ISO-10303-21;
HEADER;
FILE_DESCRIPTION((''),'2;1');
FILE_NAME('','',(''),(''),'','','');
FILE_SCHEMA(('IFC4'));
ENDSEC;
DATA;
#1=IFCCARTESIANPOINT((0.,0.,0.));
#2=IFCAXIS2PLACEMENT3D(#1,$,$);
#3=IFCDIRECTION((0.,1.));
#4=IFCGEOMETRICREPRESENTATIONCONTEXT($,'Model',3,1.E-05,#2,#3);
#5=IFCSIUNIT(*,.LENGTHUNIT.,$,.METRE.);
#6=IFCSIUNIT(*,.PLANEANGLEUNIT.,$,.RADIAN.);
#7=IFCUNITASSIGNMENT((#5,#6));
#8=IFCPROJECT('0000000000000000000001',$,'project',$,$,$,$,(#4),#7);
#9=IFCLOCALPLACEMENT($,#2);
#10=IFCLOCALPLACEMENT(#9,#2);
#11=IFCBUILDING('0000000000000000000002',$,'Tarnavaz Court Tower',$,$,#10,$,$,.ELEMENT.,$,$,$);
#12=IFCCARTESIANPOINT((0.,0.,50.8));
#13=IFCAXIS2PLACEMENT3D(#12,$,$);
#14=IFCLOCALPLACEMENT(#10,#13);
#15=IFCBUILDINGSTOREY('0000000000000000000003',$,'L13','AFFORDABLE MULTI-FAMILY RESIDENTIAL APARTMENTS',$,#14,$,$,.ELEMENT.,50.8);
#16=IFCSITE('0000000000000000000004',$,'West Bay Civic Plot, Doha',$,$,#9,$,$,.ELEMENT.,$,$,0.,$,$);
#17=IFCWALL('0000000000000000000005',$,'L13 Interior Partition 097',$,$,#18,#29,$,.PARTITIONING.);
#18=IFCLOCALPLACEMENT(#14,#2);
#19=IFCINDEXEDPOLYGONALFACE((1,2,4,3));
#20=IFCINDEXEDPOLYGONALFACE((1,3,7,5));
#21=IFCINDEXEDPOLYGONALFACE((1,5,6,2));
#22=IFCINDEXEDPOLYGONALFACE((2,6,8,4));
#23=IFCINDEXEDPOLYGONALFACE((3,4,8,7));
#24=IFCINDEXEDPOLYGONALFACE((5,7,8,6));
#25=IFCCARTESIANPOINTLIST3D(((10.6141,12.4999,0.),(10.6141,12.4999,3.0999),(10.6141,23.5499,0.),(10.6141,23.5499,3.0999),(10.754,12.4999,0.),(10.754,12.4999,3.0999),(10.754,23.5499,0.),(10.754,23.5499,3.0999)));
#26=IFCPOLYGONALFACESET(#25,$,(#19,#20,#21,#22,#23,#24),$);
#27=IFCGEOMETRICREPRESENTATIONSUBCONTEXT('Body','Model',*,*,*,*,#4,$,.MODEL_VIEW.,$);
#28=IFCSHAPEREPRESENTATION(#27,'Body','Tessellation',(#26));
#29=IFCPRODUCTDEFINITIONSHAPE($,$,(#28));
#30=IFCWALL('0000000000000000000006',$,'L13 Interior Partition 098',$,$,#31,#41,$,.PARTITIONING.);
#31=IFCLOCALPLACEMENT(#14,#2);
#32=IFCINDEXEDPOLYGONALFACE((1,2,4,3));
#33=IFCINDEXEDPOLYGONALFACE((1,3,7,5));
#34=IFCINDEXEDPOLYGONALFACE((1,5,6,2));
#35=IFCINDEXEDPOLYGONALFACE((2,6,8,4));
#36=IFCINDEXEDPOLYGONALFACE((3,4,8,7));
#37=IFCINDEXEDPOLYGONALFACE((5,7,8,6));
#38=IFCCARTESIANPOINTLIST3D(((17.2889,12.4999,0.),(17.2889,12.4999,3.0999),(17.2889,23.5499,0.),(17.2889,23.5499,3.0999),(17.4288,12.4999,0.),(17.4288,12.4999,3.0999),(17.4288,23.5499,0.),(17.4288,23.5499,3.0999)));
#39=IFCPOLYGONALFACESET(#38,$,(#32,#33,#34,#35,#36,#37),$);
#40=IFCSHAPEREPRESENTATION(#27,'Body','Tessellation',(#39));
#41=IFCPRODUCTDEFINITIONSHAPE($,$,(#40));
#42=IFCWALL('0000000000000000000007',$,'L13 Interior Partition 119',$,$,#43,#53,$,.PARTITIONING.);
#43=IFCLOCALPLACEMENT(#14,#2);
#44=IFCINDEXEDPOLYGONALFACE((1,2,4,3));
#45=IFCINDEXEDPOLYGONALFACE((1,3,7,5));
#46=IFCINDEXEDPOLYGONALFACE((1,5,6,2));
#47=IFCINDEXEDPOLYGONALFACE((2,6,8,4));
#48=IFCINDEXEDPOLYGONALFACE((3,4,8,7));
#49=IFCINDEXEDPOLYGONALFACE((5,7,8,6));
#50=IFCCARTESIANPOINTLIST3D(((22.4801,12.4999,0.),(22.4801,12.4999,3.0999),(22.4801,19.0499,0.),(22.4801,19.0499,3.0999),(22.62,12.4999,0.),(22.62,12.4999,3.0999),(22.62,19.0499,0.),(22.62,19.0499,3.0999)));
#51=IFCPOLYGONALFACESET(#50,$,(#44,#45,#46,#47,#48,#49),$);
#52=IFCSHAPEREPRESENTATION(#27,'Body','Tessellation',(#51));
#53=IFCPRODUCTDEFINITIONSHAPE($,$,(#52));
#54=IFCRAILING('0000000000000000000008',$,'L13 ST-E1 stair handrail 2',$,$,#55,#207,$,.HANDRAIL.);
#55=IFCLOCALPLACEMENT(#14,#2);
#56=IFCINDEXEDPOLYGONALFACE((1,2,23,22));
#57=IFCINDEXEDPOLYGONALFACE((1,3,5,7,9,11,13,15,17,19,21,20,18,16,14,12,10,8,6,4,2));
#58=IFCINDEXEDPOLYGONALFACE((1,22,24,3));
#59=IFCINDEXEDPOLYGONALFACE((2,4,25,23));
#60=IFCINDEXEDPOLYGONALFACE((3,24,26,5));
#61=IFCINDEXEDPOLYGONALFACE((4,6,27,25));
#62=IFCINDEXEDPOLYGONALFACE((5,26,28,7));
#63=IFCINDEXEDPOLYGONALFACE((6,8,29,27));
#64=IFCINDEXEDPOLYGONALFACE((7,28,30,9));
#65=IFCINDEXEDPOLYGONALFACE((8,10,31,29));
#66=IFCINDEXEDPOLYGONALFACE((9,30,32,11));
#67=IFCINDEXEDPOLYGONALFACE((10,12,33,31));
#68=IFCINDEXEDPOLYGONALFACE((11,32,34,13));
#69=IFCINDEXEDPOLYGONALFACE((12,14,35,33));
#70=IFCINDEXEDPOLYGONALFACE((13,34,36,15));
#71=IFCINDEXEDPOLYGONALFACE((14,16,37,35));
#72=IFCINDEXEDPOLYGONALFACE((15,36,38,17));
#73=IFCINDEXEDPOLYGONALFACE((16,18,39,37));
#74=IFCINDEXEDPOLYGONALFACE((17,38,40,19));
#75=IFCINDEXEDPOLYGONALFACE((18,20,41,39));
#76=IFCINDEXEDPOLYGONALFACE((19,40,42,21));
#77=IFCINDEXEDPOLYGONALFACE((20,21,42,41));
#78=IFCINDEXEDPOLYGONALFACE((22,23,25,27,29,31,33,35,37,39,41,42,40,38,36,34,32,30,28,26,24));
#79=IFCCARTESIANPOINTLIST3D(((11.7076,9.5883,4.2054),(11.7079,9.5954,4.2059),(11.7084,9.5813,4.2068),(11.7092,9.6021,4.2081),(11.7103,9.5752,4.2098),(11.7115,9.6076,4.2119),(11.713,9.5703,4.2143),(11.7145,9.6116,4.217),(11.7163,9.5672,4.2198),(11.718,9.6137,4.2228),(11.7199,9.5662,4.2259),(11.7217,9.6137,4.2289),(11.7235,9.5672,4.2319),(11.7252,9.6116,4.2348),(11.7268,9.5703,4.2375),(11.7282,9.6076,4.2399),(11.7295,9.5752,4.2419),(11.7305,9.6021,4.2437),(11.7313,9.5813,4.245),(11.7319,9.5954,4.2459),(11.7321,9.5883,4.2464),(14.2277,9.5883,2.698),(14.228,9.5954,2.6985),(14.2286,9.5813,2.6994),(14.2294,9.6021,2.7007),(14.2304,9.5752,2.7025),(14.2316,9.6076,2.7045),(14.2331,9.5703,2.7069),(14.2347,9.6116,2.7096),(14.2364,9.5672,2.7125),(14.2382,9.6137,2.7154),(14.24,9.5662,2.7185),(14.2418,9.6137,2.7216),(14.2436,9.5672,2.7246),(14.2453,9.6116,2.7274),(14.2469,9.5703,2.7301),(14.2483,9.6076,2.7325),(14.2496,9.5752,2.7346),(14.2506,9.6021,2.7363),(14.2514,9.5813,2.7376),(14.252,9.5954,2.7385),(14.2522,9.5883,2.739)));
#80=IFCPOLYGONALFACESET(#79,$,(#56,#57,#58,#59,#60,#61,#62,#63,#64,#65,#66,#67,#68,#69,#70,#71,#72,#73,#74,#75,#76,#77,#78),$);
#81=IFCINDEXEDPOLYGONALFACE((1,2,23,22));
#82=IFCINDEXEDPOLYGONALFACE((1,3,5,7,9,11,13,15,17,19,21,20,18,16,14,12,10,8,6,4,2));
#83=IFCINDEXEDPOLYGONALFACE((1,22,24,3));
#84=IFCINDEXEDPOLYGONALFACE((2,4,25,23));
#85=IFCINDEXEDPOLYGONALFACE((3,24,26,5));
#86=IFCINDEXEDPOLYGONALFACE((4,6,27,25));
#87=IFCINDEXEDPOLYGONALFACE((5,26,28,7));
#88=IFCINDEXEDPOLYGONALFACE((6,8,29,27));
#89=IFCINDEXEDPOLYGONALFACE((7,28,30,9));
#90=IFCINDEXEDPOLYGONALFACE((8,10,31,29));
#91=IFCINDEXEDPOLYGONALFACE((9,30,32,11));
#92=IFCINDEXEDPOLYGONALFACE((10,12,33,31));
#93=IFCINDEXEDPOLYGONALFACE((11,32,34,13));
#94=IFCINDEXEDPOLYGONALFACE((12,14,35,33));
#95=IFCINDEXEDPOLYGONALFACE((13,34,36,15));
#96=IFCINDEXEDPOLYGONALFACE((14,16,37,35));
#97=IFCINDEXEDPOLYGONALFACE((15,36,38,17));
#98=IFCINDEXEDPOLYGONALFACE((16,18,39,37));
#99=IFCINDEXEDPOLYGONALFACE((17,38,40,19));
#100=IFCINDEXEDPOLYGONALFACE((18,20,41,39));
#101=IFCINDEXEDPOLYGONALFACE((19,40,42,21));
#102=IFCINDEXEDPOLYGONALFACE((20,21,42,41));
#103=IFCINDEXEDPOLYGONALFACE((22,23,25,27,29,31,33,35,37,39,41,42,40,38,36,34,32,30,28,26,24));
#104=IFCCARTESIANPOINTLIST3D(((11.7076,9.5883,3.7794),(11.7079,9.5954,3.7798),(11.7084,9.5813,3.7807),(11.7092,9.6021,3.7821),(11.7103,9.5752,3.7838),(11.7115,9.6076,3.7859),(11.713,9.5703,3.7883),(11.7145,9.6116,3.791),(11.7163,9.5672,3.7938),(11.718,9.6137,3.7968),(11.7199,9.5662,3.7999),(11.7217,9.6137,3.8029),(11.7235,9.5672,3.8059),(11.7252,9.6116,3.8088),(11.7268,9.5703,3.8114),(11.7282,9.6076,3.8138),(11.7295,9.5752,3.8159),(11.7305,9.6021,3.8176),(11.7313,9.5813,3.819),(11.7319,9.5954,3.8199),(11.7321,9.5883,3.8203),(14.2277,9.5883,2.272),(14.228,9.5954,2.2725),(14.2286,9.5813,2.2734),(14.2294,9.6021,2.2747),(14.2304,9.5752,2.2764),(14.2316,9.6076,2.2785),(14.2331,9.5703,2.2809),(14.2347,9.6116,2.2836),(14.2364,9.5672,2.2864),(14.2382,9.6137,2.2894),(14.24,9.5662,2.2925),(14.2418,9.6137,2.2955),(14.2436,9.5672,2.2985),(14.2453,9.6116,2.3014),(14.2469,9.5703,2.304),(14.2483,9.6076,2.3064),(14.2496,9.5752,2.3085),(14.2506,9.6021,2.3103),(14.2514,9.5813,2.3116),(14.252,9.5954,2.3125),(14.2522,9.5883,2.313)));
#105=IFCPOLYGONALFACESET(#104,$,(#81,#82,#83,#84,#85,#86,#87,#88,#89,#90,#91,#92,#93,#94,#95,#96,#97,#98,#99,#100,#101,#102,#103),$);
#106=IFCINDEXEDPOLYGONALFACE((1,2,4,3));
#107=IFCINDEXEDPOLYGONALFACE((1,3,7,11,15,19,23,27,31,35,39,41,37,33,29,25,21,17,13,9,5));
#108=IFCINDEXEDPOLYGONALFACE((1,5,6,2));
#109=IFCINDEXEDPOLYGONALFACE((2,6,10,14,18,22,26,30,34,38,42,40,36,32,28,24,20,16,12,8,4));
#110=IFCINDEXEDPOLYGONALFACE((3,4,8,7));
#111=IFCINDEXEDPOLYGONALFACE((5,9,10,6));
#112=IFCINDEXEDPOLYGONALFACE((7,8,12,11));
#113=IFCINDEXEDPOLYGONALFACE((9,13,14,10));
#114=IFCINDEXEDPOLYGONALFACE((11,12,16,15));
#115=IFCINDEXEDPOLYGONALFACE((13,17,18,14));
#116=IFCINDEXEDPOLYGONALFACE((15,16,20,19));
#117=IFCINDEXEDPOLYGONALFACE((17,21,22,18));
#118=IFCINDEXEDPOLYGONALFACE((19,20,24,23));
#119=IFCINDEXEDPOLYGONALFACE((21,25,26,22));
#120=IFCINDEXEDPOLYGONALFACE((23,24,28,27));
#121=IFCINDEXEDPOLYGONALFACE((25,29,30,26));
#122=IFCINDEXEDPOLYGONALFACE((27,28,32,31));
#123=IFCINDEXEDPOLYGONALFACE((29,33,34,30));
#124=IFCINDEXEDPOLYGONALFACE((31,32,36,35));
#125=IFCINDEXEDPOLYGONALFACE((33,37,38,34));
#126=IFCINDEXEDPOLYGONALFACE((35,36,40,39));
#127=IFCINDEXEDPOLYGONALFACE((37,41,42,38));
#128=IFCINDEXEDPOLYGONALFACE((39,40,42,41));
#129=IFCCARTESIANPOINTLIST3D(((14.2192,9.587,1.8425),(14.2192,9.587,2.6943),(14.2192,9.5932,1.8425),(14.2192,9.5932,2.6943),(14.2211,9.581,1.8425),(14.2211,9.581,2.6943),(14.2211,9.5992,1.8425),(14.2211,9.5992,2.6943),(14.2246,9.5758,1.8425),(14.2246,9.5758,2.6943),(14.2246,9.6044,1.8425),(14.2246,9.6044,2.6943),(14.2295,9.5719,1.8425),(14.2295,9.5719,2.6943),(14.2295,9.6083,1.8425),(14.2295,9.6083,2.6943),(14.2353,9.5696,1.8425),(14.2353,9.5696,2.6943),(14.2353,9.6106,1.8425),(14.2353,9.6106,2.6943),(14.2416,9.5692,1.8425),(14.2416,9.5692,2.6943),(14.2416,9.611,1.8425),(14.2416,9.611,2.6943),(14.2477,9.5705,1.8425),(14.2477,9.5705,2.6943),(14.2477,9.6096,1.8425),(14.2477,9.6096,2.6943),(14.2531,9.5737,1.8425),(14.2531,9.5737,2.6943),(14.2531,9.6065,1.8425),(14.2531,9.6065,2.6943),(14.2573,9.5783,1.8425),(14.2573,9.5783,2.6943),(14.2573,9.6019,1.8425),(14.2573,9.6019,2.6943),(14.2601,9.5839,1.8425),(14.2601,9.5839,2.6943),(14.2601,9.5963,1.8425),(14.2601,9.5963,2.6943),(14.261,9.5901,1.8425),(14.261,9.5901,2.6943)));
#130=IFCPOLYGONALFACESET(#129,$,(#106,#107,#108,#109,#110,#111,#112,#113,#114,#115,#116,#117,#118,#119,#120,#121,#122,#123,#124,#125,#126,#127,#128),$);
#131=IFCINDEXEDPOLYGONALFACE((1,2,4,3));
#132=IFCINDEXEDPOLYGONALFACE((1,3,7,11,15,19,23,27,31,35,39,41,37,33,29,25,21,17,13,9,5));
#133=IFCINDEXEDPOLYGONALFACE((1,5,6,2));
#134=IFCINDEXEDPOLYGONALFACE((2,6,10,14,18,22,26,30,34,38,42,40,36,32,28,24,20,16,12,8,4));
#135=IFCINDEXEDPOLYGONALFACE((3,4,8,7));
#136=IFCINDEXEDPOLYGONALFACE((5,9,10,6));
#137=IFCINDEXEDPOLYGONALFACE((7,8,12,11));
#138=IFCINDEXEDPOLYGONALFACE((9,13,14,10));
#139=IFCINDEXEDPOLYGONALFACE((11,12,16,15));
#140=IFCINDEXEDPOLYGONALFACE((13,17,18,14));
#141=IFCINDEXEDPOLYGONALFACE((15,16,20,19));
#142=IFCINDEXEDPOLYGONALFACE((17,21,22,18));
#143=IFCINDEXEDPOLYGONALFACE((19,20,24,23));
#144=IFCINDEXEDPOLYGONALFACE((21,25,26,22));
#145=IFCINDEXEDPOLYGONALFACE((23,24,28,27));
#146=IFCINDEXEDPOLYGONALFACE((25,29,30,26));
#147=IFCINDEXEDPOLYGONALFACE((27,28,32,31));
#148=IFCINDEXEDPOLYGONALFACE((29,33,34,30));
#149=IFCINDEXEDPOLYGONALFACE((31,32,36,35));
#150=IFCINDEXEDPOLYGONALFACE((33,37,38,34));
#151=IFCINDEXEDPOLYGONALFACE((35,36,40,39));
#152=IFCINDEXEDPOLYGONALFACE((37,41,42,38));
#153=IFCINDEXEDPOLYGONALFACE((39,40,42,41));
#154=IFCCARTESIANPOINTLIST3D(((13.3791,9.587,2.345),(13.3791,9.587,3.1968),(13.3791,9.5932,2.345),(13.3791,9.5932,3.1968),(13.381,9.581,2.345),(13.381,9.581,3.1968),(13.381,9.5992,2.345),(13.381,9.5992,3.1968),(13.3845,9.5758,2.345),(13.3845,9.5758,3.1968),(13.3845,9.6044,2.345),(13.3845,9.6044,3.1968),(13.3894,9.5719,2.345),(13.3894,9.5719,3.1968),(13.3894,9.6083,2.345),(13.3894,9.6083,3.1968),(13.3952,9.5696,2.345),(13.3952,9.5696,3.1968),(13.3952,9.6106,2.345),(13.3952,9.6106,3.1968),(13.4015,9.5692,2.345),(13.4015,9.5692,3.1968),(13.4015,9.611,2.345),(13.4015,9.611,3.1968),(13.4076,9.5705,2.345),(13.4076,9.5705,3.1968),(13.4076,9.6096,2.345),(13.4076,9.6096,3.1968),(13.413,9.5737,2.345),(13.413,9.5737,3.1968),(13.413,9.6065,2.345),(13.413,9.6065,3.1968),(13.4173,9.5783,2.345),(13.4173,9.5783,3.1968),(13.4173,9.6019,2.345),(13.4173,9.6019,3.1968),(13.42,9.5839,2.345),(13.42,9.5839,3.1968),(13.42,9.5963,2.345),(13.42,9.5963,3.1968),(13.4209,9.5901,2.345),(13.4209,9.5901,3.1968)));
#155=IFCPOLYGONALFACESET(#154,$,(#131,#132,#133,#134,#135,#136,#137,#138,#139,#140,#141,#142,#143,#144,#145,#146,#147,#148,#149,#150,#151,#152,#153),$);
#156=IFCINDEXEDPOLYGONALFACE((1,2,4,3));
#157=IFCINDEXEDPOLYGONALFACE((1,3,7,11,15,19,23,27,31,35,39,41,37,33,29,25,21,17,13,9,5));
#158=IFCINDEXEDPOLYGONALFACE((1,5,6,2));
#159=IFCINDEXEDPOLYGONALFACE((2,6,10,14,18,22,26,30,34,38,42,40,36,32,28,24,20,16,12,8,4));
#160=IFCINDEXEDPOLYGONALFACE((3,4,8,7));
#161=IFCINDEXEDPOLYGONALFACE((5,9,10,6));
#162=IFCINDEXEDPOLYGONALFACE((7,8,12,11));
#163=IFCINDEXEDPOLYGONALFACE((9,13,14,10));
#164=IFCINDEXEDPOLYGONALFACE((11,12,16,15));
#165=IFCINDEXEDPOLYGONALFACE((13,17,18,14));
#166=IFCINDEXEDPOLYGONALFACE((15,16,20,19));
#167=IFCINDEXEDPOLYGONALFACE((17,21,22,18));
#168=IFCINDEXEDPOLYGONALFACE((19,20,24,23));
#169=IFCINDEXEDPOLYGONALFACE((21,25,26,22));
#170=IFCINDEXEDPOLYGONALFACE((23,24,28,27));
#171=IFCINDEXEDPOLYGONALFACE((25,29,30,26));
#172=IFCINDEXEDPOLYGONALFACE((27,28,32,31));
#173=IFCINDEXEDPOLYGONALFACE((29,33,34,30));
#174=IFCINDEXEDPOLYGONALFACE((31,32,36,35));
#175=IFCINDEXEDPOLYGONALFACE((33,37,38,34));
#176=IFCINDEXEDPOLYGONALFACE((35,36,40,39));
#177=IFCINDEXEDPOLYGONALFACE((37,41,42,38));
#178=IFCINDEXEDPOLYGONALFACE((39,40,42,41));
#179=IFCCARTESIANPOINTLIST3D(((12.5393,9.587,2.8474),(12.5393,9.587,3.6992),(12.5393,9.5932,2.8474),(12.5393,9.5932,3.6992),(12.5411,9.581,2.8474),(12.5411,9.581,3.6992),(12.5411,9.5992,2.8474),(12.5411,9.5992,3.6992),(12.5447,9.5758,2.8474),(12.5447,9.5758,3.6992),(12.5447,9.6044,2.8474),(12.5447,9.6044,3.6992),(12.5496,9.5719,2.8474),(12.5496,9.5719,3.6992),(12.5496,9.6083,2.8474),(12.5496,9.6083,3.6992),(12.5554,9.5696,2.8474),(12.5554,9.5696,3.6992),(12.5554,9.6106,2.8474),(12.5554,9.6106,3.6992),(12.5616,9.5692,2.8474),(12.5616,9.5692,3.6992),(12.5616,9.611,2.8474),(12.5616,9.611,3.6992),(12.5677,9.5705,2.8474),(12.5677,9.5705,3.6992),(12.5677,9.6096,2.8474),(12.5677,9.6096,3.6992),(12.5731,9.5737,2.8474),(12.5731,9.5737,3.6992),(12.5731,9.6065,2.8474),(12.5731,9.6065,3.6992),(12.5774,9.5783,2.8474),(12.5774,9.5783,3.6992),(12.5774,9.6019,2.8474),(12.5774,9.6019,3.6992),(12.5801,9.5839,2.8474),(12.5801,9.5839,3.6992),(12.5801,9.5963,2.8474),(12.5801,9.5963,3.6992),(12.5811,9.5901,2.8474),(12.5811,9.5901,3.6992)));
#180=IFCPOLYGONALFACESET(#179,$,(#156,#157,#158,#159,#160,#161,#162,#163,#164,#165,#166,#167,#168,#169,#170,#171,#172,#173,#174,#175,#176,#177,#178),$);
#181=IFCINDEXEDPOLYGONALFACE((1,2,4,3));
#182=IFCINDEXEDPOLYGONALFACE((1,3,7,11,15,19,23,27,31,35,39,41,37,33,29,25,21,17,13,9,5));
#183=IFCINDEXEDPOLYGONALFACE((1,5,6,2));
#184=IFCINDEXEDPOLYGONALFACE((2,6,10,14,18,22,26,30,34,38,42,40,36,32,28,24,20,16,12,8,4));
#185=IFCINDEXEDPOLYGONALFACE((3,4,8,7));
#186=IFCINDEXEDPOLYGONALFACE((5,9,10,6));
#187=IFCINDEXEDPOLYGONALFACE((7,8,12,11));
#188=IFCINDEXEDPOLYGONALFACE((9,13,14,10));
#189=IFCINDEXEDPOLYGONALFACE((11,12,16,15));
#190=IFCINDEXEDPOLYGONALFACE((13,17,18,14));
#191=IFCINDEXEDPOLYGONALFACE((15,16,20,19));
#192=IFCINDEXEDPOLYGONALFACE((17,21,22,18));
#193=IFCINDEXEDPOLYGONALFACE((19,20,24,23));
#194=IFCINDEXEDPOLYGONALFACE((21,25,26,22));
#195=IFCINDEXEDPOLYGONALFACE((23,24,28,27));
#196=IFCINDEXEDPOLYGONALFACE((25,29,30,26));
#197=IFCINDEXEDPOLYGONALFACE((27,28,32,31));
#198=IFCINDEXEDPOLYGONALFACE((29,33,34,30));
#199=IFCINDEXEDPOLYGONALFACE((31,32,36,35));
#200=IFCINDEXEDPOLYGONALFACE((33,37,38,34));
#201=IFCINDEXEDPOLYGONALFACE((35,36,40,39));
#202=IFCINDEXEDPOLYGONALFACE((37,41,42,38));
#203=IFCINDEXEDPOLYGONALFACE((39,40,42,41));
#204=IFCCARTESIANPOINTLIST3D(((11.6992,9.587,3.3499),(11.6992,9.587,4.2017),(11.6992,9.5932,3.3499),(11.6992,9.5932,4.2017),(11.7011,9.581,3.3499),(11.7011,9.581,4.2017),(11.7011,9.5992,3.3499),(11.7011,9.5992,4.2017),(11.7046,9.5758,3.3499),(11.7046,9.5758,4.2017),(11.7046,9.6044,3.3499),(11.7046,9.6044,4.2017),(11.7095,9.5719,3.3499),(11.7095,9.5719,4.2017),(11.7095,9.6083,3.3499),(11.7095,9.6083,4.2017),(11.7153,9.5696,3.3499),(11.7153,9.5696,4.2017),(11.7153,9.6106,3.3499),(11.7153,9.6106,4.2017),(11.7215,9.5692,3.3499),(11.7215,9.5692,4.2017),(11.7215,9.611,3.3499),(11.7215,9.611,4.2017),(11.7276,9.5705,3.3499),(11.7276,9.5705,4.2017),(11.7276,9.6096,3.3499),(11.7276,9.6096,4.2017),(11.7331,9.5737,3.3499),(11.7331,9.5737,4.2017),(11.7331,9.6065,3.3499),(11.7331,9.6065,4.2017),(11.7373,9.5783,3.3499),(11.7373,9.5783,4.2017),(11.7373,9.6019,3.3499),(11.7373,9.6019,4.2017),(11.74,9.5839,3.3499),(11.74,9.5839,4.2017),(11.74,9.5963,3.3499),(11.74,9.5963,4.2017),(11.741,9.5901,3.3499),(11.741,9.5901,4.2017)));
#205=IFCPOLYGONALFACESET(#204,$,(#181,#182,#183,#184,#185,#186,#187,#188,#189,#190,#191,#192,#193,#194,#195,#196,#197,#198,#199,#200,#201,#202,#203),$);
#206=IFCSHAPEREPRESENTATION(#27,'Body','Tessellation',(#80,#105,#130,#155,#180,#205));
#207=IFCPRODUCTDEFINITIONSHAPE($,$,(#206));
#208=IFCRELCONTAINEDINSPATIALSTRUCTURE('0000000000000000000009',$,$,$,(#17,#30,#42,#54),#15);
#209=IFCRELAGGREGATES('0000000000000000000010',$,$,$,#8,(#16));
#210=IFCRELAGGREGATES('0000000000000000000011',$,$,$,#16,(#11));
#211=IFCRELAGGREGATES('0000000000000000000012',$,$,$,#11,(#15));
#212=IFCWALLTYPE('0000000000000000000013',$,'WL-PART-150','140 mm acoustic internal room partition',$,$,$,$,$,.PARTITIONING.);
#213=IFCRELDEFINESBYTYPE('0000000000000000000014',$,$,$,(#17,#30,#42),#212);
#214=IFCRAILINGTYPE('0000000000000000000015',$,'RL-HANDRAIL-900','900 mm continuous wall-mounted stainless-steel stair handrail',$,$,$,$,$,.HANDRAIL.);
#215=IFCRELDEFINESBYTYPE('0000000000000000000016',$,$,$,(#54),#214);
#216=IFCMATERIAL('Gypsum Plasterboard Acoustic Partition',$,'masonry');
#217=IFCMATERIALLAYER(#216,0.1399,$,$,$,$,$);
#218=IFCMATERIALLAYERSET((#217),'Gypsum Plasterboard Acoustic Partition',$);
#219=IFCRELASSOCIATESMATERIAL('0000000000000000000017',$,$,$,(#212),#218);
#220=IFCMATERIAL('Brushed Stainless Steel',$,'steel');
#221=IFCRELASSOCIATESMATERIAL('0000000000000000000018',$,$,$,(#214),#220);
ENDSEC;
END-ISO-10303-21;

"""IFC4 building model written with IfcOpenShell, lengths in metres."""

from ifc_helpers import new_model, si_unit, direction, frame, frame_2d, origin, origin_2d, place, context, subcontext, project, spatial, rectangle, circle, extrude, material, layer, layer_set, type_object, element, save


model = new_model("IFC4")

# Units and contexts
model_context = context("Model", 3, precision=1e-05, world=origin(), true_north=direction((0.0, 1.0)))
body_context = subcontext(model_context, "Body", "Model", "MODEL_VIEW")
ifc_project = project(units=[si_unit("LENGTHUNIT", "METRE"), si_unit("PLANEANGLEUNIT", "RADIAN")], contexts=[model_context])

# Site, building, storey
site_placement = place(None, origin())
site = spatial("IfcSite", under=ifc_project, at=site_placement, Name="West Bay Civic Plot, Doha", CompositionType="ELEMENT", RefElevation=0.0)
building_placement = place(site_placement, origin())
building = spatial("IfcBuilding", under=site, at=building_placement, Name="Tarnavaz Court Tower", CompositionType="ELEMENT")
storey_placement = place(building_placement, frame((0.0, 0.0, 50.8)))
storey = spatial("IfcBuildingStorey", under=building, at=storey_placement, Name="L13", Description="AFFORDABLE MULTI-FAMILY RESIDENTIAL APARTMENTS", CompositionType="ELEMENT", Elevation=50.8)

# Walls
ifc_material_1 = material(Name="Gypsum Plasterboard Acoustic Partition", Category="masonry")
ifc_layer_1 = layer(ifc_material_1, 0.1399)
ifc_layer_set_1 = layer_set([ifc_layer_1], Name="Gypsum Plasterboard Acoustic Partition")
wall_type_1 = type_object("IfcWallType", Name="WL-PART-150", Description="140 mm acoustic internal room partition", PredefinedType="PARTITIONING", material=ifc_layer_set_1)
for number, where, z_axis, x_axis, name in (
    (1, (10.6841, 12.5, 0.0), (0.0, 0.0, 1.0), (0.0, 1.0, 0.0), "L13 Interior Partition 097"),
    (2, (17.3589, 12.5, 0.0), (0.0, 0.0, 1.0), (0.0, 1.0, 0.0), "L13 Interior Partition 098"),
):
    element("IfcWall", number, at=place(storey_placement, frame(where, z_axis=z_axis, x_axis=x_axis)), inside=storey, type_object=wall_type_1, Name=name, PredefinedType="PARTITIONING", context=body_context, shape_type="SweptSolid", body=[
        extrude(rectangle(XDim=11.05, YDim=0.1399, at=frame_2d((5.5249, 0.0))), origin(), (0.0, 0.0, 1.0), 3.0999),
    ])
wall_1_placement = place(storey_placement, frame((22.55, 12.5, 0.0), z_axis=(0.0, 0.0, 1.0), x_axis=(0.0, 1.0, 0.0)))
element("IfcWall", 3, at=wall_1_placement, inside=storey, type_object=wall_type_1, Name="L13 Interior Partition 119", PredefinedType="PARTITIONING", context=body_context, shape_type="SweptSolid", body=[
    extrude(rectangle(XDim=6.55, YDim=0.1399, at=frame_2d((3.2749, 0.0))), origin(), (0.0, 0.0, 1.0), 3.0999),
])

# Railing
ifc_material_2 = material(Name="Brushed Stainless Steel", Category="steel")
railing_type = type_object("IfcRailingType", Name="RL-HANDRAIL-900", Description="900 mm continuous wall-mounted stainless-steel stair handrail", PredefinedType="HANDRAIL", material=ifc_material_2)
railing_placement = place(storey_placement, frame((14.24, 9.5901, 1.8425)))
element("IfcRailing", 4, at=railing_placement, inside=storey, type_object=railing_type, Name="L13 ST-E1 stair handrail 2", PredefinedType="HANDRAIL", context=body_context, shape_type="SweptSolid", body=[
    extrude(circle(Radius=0.0239, at=origin_2d()), frame((0.0, 0.0, 0.876), z_axis=(-0.858196, 0.0, 0.513321), x_axis=(0.0, -1.0, 0.0)), (0.0, 0.0, 1.0), 2.9365),
    extrude(circle(Radius=0.0239, at=origin_2d()), frame((0.0, 0.0, 0.45), z_axis=(-0.858196, 0.0, 0.513321), x_axis=(0.0, -1.0, 0.0)), (0.0, 0.0, 1.0), 2.9365),
    extrude(circle(Radius=0.021, at=origin_2d()), origin(), (0.0, 0.0, 1.0), 0.8518),
    extrude(circle(Radius=0.021, at=origin_2d()), frame((-0.8401, 0.0, 0.5024)), (0.0, 0.0, 1.0), 0.8518),
    extrude(circle(Radius=0.021, at=origin_2d()), frame((-1.6799, 0.0, 1.0049)), (0.0, 0.0, 1.0), 0.8518),
    extrude(circle(Radius=0.021, at=origin_2d()), frame((-2.52, 0.0, 1.5073)), (0.0, 0.0, 1.0), 0.8518),
])

save(model, "model.ifc")
